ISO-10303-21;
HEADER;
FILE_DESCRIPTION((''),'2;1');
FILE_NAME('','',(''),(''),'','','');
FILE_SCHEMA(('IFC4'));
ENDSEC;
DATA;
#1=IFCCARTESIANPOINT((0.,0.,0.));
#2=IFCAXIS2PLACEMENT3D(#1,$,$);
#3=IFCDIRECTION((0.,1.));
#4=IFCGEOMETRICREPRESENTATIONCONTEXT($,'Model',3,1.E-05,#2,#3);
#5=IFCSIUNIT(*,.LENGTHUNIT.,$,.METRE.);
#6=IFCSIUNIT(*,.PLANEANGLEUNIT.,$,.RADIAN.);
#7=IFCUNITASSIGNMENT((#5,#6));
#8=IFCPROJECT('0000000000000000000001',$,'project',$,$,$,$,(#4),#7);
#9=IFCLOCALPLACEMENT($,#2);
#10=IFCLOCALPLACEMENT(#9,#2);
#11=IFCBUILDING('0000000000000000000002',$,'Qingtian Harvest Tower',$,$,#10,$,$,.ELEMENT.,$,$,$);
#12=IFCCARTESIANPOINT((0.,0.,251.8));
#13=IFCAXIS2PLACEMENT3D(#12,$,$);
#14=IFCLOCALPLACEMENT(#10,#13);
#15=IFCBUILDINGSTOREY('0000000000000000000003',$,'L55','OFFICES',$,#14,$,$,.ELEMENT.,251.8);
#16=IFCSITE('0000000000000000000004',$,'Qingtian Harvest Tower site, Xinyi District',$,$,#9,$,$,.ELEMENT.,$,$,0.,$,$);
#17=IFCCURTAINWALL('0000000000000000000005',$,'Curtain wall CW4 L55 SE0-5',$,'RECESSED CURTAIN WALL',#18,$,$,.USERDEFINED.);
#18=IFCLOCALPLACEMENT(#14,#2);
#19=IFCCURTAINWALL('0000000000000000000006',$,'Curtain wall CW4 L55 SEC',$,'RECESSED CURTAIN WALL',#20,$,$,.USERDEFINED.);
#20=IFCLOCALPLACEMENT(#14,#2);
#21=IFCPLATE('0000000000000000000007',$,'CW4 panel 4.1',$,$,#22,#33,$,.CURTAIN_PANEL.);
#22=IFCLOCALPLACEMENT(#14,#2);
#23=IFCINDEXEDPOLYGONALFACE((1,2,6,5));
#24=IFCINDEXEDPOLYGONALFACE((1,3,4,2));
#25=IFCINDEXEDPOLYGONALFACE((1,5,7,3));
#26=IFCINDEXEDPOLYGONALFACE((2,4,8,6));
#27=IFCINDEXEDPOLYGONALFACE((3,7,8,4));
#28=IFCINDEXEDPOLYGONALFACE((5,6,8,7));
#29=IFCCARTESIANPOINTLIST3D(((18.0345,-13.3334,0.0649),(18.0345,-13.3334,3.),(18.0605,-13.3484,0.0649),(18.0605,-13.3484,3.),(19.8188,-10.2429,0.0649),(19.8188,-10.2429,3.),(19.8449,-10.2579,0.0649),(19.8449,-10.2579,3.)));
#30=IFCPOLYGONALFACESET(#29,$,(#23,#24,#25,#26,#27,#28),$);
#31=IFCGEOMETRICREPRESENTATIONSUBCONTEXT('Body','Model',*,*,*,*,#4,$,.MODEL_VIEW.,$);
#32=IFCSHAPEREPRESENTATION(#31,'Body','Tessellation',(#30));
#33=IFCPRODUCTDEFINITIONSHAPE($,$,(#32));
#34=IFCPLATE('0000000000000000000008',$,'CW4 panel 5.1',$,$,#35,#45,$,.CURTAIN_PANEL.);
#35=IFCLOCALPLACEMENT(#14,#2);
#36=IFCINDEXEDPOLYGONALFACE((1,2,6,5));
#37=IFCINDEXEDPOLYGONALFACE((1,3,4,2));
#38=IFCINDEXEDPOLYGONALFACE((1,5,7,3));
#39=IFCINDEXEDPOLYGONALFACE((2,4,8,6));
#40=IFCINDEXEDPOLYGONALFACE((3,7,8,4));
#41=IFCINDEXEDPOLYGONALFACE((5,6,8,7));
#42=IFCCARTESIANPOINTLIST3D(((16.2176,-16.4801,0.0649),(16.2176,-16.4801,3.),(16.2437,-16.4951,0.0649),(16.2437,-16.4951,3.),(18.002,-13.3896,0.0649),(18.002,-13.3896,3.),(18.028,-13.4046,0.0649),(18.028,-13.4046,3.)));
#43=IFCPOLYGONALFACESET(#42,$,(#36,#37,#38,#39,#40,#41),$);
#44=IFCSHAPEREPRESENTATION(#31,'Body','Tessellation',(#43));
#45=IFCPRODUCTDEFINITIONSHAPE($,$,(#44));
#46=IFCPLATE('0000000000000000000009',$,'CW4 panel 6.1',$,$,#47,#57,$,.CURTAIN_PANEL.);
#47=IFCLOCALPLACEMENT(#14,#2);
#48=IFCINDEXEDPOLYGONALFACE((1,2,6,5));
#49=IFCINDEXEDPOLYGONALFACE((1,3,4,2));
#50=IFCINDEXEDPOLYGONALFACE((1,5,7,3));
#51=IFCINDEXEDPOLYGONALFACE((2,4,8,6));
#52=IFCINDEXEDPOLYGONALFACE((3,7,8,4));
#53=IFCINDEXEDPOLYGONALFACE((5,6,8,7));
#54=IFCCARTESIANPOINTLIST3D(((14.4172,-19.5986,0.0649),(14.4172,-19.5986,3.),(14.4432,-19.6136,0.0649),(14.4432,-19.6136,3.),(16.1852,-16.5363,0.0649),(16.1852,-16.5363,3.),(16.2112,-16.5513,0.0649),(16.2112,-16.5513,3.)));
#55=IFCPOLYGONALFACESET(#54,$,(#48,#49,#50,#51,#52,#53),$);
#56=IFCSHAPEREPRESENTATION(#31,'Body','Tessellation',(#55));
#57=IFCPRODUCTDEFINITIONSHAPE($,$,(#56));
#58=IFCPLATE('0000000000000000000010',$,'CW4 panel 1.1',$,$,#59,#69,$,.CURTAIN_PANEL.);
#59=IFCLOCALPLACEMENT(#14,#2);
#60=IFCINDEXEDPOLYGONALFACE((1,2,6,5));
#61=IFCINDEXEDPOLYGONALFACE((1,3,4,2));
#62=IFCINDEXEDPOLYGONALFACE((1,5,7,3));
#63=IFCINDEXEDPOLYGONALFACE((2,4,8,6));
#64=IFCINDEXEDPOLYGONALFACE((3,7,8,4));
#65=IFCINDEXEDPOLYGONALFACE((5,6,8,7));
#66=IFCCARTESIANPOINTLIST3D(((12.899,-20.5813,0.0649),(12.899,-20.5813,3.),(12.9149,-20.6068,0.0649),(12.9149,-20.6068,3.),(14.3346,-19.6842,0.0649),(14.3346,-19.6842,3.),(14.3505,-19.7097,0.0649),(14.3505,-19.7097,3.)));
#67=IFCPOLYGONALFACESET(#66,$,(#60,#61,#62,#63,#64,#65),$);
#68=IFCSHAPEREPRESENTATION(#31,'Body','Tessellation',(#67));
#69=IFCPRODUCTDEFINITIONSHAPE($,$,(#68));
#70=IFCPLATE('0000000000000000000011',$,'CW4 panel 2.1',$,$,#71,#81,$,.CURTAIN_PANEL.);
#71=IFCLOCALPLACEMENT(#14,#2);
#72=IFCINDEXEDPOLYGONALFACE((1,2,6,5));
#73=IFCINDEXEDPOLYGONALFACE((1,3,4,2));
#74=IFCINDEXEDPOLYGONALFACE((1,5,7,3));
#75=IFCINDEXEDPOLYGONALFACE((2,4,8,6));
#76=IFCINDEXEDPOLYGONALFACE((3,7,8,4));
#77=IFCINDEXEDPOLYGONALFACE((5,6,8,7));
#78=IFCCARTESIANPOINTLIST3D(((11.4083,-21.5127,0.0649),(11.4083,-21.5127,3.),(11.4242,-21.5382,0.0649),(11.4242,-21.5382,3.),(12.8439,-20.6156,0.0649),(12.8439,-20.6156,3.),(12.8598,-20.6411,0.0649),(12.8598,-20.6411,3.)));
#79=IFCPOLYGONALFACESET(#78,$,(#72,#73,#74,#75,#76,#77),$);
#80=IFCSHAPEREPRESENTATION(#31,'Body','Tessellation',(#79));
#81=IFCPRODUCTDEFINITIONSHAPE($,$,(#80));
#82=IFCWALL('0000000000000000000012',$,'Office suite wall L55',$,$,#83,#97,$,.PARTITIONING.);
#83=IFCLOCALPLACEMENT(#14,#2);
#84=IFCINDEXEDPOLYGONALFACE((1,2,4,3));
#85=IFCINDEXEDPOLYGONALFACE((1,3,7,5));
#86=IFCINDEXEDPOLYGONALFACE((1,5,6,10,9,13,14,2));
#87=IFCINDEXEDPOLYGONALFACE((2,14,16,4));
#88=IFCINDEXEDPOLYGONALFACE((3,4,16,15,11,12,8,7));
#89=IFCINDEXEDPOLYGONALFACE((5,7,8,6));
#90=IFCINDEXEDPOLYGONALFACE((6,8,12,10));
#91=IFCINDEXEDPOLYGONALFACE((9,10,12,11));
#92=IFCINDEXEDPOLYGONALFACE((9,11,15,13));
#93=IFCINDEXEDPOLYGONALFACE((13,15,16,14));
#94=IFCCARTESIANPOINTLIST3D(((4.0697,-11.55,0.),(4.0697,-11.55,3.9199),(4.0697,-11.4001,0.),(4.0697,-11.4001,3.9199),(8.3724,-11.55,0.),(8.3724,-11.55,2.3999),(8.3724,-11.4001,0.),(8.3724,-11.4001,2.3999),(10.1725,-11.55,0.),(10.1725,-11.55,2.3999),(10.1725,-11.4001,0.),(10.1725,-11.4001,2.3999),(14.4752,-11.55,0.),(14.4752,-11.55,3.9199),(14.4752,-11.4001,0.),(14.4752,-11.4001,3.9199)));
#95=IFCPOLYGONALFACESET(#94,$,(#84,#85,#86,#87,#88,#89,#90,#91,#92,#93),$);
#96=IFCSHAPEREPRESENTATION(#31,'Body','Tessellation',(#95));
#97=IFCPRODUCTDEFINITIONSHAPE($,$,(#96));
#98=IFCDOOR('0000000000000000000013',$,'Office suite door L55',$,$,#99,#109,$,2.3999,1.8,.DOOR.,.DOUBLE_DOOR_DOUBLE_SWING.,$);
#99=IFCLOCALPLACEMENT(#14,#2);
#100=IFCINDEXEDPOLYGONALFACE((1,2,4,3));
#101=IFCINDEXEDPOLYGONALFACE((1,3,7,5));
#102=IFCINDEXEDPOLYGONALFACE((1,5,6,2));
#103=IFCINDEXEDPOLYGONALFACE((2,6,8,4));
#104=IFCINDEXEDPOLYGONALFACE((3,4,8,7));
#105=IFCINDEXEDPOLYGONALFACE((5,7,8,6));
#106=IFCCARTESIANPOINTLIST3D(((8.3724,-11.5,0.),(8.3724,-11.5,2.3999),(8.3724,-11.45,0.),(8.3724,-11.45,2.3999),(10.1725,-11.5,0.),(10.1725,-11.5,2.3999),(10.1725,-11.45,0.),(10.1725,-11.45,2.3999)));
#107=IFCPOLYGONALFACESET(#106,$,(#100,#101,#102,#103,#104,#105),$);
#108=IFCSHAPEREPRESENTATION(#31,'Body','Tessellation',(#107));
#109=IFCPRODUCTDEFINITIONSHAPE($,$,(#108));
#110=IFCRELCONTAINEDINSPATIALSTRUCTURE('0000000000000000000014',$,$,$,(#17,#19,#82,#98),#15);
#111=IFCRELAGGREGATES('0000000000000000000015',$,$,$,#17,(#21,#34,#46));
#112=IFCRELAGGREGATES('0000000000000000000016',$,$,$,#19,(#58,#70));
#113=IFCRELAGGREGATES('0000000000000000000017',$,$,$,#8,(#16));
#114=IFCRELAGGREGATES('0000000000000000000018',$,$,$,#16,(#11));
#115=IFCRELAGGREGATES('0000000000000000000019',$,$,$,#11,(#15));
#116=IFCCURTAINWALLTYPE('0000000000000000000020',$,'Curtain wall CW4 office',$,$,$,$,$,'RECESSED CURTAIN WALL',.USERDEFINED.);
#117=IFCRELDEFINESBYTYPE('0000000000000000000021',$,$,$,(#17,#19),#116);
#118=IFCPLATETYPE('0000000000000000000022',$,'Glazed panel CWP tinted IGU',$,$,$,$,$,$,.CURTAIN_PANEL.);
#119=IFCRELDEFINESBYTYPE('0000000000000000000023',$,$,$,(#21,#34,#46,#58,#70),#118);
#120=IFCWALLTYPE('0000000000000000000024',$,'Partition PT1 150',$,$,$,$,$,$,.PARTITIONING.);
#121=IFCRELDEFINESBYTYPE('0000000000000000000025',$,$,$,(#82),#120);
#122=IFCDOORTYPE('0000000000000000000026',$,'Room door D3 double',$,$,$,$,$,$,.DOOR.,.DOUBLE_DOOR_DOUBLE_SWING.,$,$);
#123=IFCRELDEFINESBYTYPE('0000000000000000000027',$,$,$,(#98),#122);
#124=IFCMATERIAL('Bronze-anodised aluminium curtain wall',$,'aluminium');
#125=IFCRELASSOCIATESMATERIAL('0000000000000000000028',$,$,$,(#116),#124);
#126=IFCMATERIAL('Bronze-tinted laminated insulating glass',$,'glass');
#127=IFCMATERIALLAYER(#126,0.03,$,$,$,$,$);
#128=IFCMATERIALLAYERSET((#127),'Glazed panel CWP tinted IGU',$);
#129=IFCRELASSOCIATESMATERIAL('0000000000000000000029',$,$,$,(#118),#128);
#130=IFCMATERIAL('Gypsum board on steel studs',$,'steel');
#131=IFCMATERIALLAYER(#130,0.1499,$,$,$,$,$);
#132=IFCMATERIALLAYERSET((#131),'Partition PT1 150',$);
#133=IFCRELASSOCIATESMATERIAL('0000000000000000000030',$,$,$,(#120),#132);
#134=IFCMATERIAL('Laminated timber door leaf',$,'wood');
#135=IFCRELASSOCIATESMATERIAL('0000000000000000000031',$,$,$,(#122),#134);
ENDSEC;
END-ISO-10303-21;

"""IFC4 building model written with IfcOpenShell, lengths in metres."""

from ifc_helpers import new_model, si_unit, direction, frame, frame_2d, origin, origin_2d, place, context, subcontext, project, spatial, rectangle, extrude, material, layer, layer_set, type_object, element, fill, aggregate, save


model = new_model("IFC4")

# Units and contexts
model_context = context("Model", 3, precision=1e-05, world=origin(), true_north=direction((0.0, 1.0)))
body_context = subcontext(model_context, "Body", "Model", "MODEL_VIEW")
ifc_project = project(units=[si_unit("LENGTHUNIT", "METRE"), si_unit("PLANEANGLEUNIT", "RADIAN")], contexts=[model_context])

# Site, building, storey
site_placement = place(None, origin())
site = spatial("IfcSite", under=ifc_project, at=site_placement, Name="Qingtian Harvest Tower site, Xinyi District", CompositionType="ELEMENT", RefElevation=0.0)
building_placement = place(site_placement, origin())
building = spatial("IfcBuilding", under=site, at=building_placement, Name="Qingtian Harvest Tower", CompositionType="ELEMENT")
storey_placement = place(building_placement, frame((0.0, 0.0, 251.8)))
storey = spatial("IfcBuildingStorey", under=building, at=storey_placement, Name="L55", Description="OFFICES", CompositionType="ELEMENT", Elevation=251.8)

# Curtain walls
ifc_material_1 = material(Name="Bronze-anodised aluminium curtain wall", Category="aluminium")
curtain_wall_type = type_object("IfcCurtainWallType", Name="Curtain wall CW4 office", ElementType="RECESSED CURTAIN WALL", PredefinedType="USERDEFINED", material=ifc_material_1)
curtain_wall_1_placement = place(storey_placement, origin())
curtain_wall_1 = element("IfcCurtainWall", 1, at=curtain_wall_1_placement, inside=storey, type_object=curtain_wall_type, Name="Curtain wall CW4 L55 SE0-5", ObjectType="RECESSED CURTAIN WALL", PredefinedType="USERDEFINED")
curtain_wall_2_placement = place(storey_placement, origin())
curtain_wall_2 = element("IfcCurtainWall", 2, at=curtain_wall_2_placement, inside=storey, type_object=curtain_wall_type, Name="Curtain wall CW4 L55 SEC", ObjectType="RECESSED CURTAIN WALL", PredefinedType="USERDEFINED")

# Plates
ifc_material_2 = material(Name="Bronze-tinted laminated insulating glass", Category="glass")
ifc_layer_1 = layer(ifc_material_2, 0.03)
ifc_layer_set_1 = layer_set([ifc_layer_1], Name="Glazed panel CWP tinted IGU")
plate_type = type_object("IfcPlateType", Name="Glazed panel CWP tinted IGU", PredefinedType="CURTAIN_PANEL", material=ifc_layer_set_1)
plate_1_placement = place(storey_placement, frame((18.9397, -11.7957, 0.0649), z_axis=(0.0, 0.0, 1.0), x_axis=(-0.5, -0.866025, 0.0)))
plate_1 = element("IfcPlate", 3, at=plate_1_placement, type_object=plate_type, Name="CW4 panel 4.1", PredefinedType="CURTAIN_PANEL", context=body_context, shape_type="SweptSolid", body=[
    extrude(rectangle(XDim=3.5686, YDim=0.03, at=origin_2d()), origin(), (0.0, 0.0, 1.0), 2.9351),
])
plate_2_placement = place(storey_placement, frame((17.1228, -14.9424, 0.0649), z_axis=(0.0, 0.0, 1.0), x_axis=(-0.5, -0.866025, 0.0)))
plate_2 = element("IfcPlate", 4, at=plate_2_placement, type_object=plate_type, Name="CW4 panel 5.1", PredefinedType="CURTAIN_PANEL", context=body_context, shape_type="SweptSolid", body=[
    extrude(rectangle(XDim=3.5686, YDim=0.03, at=origin_2d()), origin(), (0.0, 0.0, 1.0), 2.9351),
])
plate_3_placement = place(storey_placement, frame((15.3142, -18.075, 0.0649), z_axis=(0.0, 0.0, 1.0), x_axis=(-0.5, -0.866025, 0.0)))
plate_3 = element("IfcPlate", 5, at=plate_3_placement, type_object=plate_type, Name="CW4 panel 6.1", PredefinedType="CURTAIN_PANEL", context=body_context, shape_type="SweptSolid", body=[
    extrude(rectangle(XDim=3.5361, YDim=0.03, at=origin_2d()), origin(), (0.0, 0.0, 1.0), 2.9351),
])
aggregate(curtain_wall_1, [plate_1, plate_2, plate_3])
plate_4_placement = place(storey_placement, frame((13.6248, -20.1455, 0.0649), z_axis=(0.0, 0.0, 1.0), x_axis=(-0.848048, -0.529919, 0.0)))
plate_4 = element("IfcPlate", 6, at=plate_4_placement, type_object=plate_type, Name="CW4 panel 1.1", PredefinedType="CURTAIN_PANEL", context=body_context, shape_type="SweptSolid", body=[
    extrude(rectangle(XDim=1.6929, YDim=0.03, at=origin_2d()), origin(), (0.0, 0.0, 1.0), 2.9351),
])
plate_5_placement = place(storey_placement, frame((12.134, -21.0769, 0.0649), z_axis=(0.0, 0.0, 1.0), x_axis=(-0.848048, -0.529919, 0.0)))
plate_5 = element("IfcPlate", 7, at=plate_5_placement, type_object=plate_type, Name="CW4 panel 2.1", PredefinedType="CURTAIN_PANEL", context=body_context, shape_type="SweptSolid", body=[
    extrude(rectangle(XDim=1.6929, YDim=0.03, at=origin_2d()), origin(), (0.0, 0.0, 1.0), 2.9351),
])
aggregate(curtain_wall_2, [plate_4, plate_5])

# Wall, opening, door
ifc_material_3 = material(Name="Gypsum board on steel studs", Category="steel")
ifc_layer_2 = layer(ifc_material_3, 0.1499)
ifc_layer_set_2 = layer_set([ifc_layer_2], Name="Partition PT1 150")
wall_type = type_object("IfcWallType", Name="Partition PT1 150", PredefinedType="PARTITIONING", material=ifc_layer_set_2)
wall_placement = place(storey_placement, frame((14.4751, -11.4751, 0.0), z_axis=(0.0, 0.0, 1.0), x_axis=(-1.0, 0.0, 0.0)))
wall = element("IfcWall", 8, at=wall_placement, inside=storey, type_object=wall_type, Name="Office suite wall L55", PredefinedType="PARTITIONING", context=body_context, shape_type="SweptSolid", body=[
    extrude(rectangle(XDim=10.4055, YDim=0.1499, at=frame_2d((5.2026, 0.0))), origin(), (0.0, 0.0, 1.0), 3.9199),
])
opening_placement = place(wall_placement, frame((4.3027, 0.0, 0.0)))
opening = element("IfcOpeningElement", 9, at=opening_placement, cuts=wall, PredefinedType="OPENING", context=body_context, shape_type="SweptSolid", body=[
    extrude(rectangle(XDim=1.8, YDim=2.3999, at=frame_2d((0.8999, 1.2))), frame((0.0, 0.085, 0.0), z_axis=(0.0, -1.0, 0.0), x_axis=(1.0, 0.0, 0.0)), (0.0, 0.0, 1.0), 0.1699),
])
ifc_material_4 = material(Name="Laminated timber door leaf", Category="wood")
door_type = type_object("IfcDoorType", Name="Room door D3 double", OperationType="DOUBLE_DOOR_DOUBLE_SWING", PredefinedType="DOOR", material=ifc_material_4)
door_placement = place(opening_placement, origin())
door = element("IfcDoor", 10, at=door_placement, inside=storey, type_object=door_type, Name="Office suite door L55", OperationType="DOUBLE_DOOR_DOUBLE_SWING", OverallHeight=2.3999, OverallWidth=1.8, PredefinedType="DOOR", context=body_context, shape_type="SweptSolid", body=[
    extrude(rectangle(XDim=1.8, YDim=2.3999, at=frame_2d((0.8999, 1.2))), frame((0.0, 0.0249, 0.0), z_axis=(0.0, -1.0, 0.0), x_axis=(1.0, 0.0, 0.0)), (0.0, 0.0, 1.0), 0.05),
])
fill(opening, door)

save(model, "model.ifc")
